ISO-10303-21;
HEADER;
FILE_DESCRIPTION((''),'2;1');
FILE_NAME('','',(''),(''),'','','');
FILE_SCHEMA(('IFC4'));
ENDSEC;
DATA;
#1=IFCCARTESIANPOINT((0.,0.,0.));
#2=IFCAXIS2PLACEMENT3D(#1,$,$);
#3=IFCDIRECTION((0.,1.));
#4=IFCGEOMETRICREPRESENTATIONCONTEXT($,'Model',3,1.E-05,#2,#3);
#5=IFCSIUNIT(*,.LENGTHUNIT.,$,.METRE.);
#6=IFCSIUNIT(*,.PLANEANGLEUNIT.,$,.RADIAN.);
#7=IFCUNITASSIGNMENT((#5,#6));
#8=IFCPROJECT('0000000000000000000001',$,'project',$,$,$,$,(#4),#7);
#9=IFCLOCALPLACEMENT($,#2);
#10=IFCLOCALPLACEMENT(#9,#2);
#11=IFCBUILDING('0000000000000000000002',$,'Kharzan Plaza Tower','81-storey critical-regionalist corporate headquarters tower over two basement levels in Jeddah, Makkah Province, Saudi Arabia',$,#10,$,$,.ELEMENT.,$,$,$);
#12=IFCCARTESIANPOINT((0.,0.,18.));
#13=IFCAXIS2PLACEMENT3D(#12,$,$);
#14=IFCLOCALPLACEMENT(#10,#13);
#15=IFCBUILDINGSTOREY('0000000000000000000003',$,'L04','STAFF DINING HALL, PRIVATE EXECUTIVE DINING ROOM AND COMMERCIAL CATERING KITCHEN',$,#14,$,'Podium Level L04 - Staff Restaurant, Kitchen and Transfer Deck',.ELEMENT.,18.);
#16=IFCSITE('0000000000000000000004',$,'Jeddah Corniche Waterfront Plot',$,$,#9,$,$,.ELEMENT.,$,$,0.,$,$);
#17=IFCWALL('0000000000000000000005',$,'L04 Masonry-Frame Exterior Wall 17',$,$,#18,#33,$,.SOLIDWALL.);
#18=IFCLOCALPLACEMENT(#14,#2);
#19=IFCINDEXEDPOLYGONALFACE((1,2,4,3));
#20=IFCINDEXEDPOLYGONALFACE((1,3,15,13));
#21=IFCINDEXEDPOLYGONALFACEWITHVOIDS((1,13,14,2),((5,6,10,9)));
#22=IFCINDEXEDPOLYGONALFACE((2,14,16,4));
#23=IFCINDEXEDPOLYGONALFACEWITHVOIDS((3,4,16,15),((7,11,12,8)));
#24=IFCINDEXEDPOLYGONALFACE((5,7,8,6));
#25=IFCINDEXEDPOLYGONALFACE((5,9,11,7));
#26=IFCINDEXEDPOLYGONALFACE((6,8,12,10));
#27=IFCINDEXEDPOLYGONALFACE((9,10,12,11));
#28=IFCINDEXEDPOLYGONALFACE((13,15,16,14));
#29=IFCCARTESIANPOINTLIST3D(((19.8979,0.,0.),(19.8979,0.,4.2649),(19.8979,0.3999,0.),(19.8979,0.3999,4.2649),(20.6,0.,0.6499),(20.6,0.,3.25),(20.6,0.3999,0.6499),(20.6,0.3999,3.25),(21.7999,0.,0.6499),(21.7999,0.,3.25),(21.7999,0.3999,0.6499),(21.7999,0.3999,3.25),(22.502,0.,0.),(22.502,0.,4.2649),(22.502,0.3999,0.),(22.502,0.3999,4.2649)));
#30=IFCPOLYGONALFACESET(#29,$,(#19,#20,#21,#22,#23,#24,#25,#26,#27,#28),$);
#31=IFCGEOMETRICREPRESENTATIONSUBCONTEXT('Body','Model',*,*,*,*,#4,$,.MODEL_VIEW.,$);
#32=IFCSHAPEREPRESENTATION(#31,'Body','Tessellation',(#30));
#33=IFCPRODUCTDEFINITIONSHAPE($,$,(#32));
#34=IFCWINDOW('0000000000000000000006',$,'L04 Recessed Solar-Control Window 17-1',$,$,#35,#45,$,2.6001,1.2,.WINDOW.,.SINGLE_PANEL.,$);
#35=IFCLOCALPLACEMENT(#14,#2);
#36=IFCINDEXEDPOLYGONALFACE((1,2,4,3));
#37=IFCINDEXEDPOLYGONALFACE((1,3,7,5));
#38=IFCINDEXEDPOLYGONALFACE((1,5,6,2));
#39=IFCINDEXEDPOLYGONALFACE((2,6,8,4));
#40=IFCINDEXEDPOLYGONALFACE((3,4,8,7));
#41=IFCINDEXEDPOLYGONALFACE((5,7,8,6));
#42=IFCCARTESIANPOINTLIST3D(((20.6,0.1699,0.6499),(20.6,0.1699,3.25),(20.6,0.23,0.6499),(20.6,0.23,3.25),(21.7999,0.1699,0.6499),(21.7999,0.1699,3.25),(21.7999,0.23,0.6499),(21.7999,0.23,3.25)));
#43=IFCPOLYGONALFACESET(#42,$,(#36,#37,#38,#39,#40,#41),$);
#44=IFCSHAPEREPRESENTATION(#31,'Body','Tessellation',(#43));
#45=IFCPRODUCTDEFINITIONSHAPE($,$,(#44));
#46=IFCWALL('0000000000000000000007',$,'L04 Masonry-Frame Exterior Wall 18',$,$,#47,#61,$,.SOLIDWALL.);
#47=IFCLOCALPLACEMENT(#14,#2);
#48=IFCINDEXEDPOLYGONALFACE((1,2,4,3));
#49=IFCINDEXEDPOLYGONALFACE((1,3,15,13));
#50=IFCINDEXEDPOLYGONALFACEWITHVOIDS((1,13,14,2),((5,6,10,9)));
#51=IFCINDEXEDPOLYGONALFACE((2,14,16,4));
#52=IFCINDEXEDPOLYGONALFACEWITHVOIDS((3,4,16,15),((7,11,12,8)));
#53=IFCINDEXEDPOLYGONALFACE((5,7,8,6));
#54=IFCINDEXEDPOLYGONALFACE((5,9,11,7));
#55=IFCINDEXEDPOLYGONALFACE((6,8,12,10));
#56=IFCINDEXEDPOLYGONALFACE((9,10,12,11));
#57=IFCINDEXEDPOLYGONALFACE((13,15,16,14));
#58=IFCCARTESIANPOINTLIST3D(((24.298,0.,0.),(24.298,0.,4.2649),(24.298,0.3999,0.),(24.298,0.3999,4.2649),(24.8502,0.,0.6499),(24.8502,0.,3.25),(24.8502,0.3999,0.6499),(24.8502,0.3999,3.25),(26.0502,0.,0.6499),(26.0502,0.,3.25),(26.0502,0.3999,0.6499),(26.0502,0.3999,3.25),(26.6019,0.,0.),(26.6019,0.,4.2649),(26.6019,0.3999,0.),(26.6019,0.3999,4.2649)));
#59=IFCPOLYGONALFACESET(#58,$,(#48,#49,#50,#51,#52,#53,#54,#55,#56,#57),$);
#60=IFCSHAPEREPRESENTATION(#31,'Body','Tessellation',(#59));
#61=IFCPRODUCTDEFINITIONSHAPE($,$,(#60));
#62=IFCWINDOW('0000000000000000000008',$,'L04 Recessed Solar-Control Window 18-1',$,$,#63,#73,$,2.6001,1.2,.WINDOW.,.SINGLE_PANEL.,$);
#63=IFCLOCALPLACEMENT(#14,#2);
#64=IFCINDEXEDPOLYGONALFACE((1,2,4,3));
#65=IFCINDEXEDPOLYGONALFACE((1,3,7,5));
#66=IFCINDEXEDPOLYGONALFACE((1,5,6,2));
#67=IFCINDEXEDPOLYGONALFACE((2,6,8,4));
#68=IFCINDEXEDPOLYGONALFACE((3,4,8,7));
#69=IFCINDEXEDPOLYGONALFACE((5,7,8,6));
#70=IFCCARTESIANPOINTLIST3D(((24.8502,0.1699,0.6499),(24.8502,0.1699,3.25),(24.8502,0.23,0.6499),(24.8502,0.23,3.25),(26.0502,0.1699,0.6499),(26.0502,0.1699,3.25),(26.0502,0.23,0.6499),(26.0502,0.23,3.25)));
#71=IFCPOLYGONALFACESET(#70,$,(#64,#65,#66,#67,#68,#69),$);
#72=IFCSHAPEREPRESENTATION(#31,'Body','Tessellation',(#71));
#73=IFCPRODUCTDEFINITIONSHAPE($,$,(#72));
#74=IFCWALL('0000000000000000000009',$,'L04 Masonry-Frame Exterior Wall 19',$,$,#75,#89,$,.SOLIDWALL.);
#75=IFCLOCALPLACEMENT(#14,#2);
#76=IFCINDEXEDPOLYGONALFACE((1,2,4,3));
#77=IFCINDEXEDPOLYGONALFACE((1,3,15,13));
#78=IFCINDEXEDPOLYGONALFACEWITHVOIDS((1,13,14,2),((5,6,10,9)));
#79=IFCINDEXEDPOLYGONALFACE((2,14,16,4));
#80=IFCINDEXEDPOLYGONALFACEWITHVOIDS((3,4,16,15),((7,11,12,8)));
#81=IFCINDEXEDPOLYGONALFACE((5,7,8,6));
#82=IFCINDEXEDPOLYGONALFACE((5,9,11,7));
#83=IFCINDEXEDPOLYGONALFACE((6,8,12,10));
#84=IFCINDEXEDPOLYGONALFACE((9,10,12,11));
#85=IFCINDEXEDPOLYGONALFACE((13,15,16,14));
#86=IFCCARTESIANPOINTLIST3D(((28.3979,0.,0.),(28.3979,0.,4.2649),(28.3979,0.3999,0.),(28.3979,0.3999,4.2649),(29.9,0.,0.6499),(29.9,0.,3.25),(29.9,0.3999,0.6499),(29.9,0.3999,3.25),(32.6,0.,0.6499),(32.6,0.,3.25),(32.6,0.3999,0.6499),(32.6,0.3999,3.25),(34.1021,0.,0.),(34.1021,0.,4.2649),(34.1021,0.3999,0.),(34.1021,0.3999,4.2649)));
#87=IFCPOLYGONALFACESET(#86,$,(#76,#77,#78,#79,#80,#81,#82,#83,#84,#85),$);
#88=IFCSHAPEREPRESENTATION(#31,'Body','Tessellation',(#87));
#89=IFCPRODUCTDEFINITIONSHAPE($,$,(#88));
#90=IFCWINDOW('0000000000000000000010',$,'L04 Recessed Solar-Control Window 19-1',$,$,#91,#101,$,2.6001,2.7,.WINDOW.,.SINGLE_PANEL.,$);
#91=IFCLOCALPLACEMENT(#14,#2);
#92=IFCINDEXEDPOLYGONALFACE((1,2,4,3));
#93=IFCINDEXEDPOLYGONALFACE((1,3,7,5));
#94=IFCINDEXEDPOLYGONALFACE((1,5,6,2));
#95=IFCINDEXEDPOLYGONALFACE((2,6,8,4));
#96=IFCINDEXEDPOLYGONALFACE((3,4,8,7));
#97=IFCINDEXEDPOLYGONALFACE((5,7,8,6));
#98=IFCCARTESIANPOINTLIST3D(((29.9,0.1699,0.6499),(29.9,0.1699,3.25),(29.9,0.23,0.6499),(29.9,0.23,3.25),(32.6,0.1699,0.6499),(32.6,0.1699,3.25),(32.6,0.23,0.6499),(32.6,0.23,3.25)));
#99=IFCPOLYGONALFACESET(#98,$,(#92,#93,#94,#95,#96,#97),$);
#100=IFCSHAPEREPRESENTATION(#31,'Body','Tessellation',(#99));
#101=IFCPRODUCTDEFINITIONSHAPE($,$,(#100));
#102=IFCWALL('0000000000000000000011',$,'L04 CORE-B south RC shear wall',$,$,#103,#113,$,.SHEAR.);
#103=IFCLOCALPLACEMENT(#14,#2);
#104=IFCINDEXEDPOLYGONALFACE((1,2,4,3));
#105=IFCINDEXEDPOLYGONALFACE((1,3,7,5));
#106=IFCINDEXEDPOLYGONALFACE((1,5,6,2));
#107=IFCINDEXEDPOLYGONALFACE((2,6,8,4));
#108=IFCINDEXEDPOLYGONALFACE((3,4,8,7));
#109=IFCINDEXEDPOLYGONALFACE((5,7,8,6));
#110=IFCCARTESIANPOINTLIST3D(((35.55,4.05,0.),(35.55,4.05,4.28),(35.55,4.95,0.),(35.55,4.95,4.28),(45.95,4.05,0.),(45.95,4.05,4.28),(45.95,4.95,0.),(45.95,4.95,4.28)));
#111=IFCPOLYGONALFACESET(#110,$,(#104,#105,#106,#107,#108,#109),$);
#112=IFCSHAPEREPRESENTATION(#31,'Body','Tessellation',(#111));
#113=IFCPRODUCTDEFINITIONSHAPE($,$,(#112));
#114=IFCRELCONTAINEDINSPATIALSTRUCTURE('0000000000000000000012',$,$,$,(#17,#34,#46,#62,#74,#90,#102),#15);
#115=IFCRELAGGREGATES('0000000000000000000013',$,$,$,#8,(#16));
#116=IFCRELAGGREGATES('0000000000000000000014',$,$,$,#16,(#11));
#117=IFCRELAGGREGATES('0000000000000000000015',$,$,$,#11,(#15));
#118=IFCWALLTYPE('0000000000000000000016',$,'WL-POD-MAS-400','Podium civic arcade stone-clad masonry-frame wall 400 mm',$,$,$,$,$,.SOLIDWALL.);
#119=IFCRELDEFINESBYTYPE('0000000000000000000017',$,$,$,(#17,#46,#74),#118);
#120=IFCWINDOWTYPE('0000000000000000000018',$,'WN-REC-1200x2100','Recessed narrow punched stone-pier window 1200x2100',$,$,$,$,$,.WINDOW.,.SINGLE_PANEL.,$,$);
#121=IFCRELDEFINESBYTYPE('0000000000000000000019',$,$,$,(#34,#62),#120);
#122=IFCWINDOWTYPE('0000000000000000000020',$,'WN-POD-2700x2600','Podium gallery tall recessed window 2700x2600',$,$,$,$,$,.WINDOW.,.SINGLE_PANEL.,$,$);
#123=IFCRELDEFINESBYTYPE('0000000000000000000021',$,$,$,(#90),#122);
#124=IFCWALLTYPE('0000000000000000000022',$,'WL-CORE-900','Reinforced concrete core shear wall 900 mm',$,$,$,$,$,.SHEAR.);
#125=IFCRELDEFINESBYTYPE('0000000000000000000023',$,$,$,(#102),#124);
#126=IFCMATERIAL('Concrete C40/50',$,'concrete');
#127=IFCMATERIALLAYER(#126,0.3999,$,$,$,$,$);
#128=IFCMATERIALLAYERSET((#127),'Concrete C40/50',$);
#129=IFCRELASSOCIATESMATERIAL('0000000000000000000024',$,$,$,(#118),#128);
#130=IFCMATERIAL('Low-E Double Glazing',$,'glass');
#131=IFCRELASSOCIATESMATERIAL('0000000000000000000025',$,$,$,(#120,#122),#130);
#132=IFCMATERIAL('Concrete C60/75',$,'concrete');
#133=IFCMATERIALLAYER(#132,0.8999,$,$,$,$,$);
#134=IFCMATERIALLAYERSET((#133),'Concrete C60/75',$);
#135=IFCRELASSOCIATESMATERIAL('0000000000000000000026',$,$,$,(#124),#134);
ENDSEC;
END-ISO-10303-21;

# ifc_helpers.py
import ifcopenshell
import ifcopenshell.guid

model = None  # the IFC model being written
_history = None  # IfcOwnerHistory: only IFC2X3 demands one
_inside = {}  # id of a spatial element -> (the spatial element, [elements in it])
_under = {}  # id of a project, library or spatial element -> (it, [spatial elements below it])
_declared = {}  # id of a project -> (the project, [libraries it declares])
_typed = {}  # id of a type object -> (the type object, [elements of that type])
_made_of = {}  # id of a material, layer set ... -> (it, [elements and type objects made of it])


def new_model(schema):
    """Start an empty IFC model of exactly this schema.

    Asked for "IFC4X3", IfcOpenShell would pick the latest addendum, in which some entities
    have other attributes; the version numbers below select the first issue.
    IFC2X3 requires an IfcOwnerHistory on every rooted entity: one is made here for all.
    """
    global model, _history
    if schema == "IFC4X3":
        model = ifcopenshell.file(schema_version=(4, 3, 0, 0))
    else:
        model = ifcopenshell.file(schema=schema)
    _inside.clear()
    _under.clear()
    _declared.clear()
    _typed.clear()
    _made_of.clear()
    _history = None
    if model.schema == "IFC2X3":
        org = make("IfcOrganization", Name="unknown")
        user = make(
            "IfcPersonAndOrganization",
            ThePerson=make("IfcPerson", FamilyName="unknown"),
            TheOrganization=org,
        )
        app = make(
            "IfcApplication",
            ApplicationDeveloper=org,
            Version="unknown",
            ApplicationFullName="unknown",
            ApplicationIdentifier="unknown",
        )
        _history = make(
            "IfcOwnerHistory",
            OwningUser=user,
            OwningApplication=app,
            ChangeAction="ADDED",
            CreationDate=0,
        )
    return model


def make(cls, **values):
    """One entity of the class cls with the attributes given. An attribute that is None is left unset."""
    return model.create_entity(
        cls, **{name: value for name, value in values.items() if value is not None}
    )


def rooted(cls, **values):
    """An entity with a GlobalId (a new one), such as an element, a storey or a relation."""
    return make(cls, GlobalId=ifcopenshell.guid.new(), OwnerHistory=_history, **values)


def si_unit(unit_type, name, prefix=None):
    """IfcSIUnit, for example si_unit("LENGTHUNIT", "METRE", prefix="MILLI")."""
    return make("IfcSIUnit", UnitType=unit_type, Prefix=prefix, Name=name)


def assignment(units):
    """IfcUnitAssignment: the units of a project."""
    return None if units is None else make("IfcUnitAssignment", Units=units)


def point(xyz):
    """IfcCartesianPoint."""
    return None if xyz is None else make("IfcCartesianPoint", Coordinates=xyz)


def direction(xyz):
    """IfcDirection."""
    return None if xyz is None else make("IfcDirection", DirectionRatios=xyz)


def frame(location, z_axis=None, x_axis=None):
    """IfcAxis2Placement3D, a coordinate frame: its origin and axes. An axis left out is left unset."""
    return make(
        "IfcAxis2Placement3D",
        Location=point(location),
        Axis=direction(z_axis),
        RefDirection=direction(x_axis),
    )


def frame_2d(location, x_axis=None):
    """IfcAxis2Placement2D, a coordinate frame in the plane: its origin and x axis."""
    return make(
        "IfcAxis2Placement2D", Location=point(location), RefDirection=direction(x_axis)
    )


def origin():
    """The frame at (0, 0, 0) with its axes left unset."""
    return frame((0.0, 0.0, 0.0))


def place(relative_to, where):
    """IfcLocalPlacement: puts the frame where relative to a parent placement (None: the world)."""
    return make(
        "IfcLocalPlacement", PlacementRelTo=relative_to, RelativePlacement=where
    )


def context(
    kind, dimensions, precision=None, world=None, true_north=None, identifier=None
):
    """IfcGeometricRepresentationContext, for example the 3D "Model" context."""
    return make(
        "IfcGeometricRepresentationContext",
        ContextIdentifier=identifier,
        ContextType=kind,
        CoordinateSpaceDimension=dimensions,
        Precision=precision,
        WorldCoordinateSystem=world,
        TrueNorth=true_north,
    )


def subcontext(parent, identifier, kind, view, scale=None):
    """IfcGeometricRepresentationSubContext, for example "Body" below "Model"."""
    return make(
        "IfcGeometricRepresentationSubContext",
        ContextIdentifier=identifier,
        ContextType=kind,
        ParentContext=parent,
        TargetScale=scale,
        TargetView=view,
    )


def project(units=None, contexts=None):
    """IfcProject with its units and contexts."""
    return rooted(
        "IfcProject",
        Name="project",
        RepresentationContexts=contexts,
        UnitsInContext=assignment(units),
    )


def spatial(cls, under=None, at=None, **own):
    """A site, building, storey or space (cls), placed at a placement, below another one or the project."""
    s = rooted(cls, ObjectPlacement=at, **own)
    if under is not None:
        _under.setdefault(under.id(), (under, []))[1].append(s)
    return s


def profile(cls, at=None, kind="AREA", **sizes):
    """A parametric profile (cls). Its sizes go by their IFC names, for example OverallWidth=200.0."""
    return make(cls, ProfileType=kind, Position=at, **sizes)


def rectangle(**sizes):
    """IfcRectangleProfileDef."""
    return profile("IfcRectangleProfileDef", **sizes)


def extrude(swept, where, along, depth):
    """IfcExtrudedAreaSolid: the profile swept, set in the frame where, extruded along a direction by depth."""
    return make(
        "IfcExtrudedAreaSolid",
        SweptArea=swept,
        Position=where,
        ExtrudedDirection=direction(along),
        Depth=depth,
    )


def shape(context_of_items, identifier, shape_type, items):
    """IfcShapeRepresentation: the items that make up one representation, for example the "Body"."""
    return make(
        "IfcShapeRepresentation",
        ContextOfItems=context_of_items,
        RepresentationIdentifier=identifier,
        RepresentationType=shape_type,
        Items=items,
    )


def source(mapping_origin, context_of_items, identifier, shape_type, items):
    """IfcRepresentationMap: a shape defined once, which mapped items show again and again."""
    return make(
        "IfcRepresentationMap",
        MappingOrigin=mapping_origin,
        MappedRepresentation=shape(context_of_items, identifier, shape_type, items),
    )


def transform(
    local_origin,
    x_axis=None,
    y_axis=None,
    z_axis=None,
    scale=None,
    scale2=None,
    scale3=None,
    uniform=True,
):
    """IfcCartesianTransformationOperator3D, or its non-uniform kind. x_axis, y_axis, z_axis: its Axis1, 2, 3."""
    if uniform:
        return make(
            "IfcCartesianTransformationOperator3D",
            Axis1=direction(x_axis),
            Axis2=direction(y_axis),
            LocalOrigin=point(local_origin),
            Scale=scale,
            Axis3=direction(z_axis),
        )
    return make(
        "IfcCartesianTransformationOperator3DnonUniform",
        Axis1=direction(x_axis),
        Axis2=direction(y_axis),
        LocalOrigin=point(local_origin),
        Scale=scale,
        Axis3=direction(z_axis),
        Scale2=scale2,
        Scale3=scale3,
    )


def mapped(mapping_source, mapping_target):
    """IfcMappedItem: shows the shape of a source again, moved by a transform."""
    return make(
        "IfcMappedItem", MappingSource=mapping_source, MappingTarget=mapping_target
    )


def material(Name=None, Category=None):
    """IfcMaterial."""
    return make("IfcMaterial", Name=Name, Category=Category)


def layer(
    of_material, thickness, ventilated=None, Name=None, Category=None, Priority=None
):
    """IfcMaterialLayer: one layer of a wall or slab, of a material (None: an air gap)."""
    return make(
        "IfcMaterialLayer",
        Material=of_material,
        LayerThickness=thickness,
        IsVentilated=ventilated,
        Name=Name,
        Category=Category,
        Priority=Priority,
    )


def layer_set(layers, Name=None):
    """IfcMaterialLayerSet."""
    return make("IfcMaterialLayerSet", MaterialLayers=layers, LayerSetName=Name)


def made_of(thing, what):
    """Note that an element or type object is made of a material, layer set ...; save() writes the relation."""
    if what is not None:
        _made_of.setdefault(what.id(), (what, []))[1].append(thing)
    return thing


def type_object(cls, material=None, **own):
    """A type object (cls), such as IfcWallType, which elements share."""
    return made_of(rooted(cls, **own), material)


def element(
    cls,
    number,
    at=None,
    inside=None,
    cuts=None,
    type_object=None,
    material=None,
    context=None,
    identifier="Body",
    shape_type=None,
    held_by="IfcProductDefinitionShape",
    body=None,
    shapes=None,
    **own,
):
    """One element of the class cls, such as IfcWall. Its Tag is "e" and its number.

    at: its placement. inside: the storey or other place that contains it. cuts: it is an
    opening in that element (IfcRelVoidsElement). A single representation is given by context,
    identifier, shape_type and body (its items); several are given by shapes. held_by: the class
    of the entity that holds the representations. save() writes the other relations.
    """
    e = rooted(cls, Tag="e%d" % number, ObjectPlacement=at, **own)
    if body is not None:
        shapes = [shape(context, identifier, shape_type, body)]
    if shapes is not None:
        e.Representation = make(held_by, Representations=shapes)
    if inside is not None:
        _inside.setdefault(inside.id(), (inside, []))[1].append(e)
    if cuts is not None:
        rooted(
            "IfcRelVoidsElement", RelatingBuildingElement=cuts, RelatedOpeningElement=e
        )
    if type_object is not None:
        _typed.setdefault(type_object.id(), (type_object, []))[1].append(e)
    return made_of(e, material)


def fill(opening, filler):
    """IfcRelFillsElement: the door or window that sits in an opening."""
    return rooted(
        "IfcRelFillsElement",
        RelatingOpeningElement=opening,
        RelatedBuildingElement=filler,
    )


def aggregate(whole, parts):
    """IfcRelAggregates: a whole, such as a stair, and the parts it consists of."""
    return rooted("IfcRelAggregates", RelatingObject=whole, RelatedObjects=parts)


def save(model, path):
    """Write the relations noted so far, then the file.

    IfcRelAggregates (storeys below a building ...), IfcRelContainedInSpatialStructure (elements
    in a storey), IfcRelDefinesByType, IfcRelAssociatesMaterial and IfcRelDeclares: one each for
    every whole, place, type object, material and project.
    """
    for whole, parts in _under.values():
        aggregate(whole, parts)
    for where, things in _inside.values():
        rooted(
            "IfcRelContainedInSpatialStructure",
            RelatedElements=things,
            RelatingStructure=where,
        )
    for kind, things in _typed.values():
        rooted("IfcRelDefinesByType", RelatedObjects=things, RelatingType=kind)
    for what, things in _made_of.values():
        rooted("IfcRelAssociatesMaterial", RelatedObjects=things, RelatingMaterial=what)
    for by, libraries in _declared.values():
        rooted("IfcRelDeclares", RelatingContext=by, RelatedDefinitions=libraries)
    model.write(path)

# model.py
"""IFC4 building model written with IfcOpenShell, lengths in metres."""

from ifc_helpers import new_model, si_unit, direction, frame, frame_2d, origin, place, context, subcontext, project, spatial, rectangle, extrude, source, transform, mapped, material, layer, layer_set, type_object, element, fill, save


model = new_model("IFC4")

# Units and contexts
model_context = context("Model", 3, precision=1e-05, world=origin(), true_north=direction((0.0, 1.0)))
body_context = subcontext(model_context, "Body", "Model", "MODEL_VIEW")
ifc_project = project(units=[si_unit("LENGTHUNIT", "METRE"), si_unit("PLANEANGLEUNIT", "RADIAN")], contexts=[model_context])

# Site, building, storey
site_placement = place(None, origin())
site = spatial("IfcSite", under=ifc_project, at=site_placement, Name="Jeddah Corniche Waterfront Plot", CompositionType="ELEMENT", RefElevation=0.0)
building_placement = place(site_placement, origin())
building = spatial("IfcBuilding", under=site, at=building_placement, Name="Kharzan Plaza Tower", Description="81-storey critical-regionalist corporate headquarters tower over two basement levels in Jeddah, Makkah Province, Saudi Arabia", CompositionType="ELEMENT")
storey_placement = place(building_placement, frame((0.0, 0.0, 18.0)))
storey = spatial("IfcBuildingStorey", under=building, at=storey_placement, Name="L04", Description="STAFF DINING HALL, PRIVATE EXECUTIVE DINING ROOM AND COMMERCIAL CATERING KITCHEN", LongName="Podium Level L04 - Staff Restaurant, Kitchen and Transfer Deck", CompositionType="ELEMENT", Elevation=18.0)

# Shared definitions
ifc_material_1 = material(Name="Concrete C60/75", Category="concrete")

# Shared definitions
ifc_material_2 = material(Name="Concrete C40/50", Category="concrete")

# Walls, openings, windows
ifc_layer_1 = layer(ifc_material_2, 0.3999)
ifc_layer_set_1 = layer_set([ifc_layer_1], Name="Concrete C40/50")
wall_type_1 = type_object("IfcWallType", Name="WL-POD-MAS-400", Description="Podium civic arcade stone-clad masonry-frame wall 400 mm", PredefinedType="SOLIDWALL", material=ifc_layer_set_1)
wall_1_placement = place(storey_placement, frame((19.8979, 0.2, 0.0), z_axis=(0.0, 0.0, 1.0), x_axis=(1.0, 0.0, 0.0)))
wall_1 = element("IfcWall", 1, at=wall_1_placement, inside=storey, type_object=wall_type_1, Name="L04 Masonry-Frame Exterior Wall 17", PredefinedType="SOLIDWALL", context=body_context, shape_type="SweptSolid", body=[
    extrude(rectangle(XDim=2.604, YDim=0.3999, at=frame_2d((1.302, 0.0))), origin(), (0.0, 0.0, 1.0), 4.2649),
])
opening_1_placement = place(wall_1_placement, frame((0.7019, 0.0, 0.6499)))
opening_1 = element("IfcOpeningElement", 2, at=opening_1_placement, cuts=wall_1, PredefinedType="OPENING", context=body_context, shape_type="SweptSolid", body=[
    extrude(rectangle(XDim=1.2, YDim=2.6001, at=frame_2d((0.6001, 1.3))), frame((0.0, 0.21, 0.0), z_axis=(0.0, -1.0, 0.0), x_axis=(1.0, 0.0, 0.0)), (0.0, 0.0, 1.0), 0.4199),
])
ifc_material_3 = material(Name="Low-E Double Glazing", Category="glass")
window_type_1 = type_object("IfcWindowType", Name="WN-REC-1200x2100", Description="Recessed narrow punched stone-pier window 1200x2100", PartitioningType="SINGLE_PANEL", PredefinedType="WINDOW", material=ifc_material_3)
shared_shape_1 = source(origin(), body_context, "Body", "SweptSolid", [
    extrude(rectangle(XDim=1.2, YDim=2.6001, at=frame_2d((0.6001, 1.3))), frame((0.0, 0.03, 0.0), z_axis=(0.0, -1.0, 0.0), x_axis=(1.0, 0.0, 0.0)), (0.0, 0.0, 1.0), 0.0601),
])
window_1_placement = place(opening_1_placement, origin())
window_1 = element("IfcWindow", 3, at=window_1_placement, inside=storey, type_object=window_type_1, Name="L04 Recessed Solar-Control Window 17-1", OverallHeight=2.6001, OverallWidth=1.2, PartitioningType="SINGLE_PANEL", PredefinedType="WINDOW", context=body_context, shape_type="MappedRepresentation", body=[
    mapped(shared_shape_1, transform((0.0, 0.0, 0.0), x_axis=(1.0, 0.0, 0.0), y_axis=(0.0, 1.0, 0.0), z_axis=(0.0, 0.0, 1.0))),
])
fill(opening_1, window_1)
wall_2_placement = place(storey_placement, frame((24.2981, 0.2, 0.0), z_axis=(0.0, 0.0, 1.0), x_axis=(1.0, 0.0, 0.0)))
wall_2 = element("IfcWall", 4, at=wall_2_placement, inside=storey, type_object=wall_type_1, Name="L04 Masonry-Frame Exterior Wall 18", PredefinedType="SOLIDWALL", context=body_context, shape_type="SweptSolid", body=[
    extrude(rectangle(XDim=2.304, YDim=0.3999, at=frame_2d((1.1519, 0.0))), origin(), (0.0, 0.0, 1.0), 4.2649),
])
opening_2_placement = place(wall_2_placement, frame((0.552, 0.0, 0.6499)))
opening_2 = element("IfcOpeningElement", 5, at=opening_2_placement, cuts=wall_2, PredefinedType="OPENING", context=body_context, shape_type="SweptSolid", body=[
    extrude(rectangle(XDim=1.2, YDim=2.6001, at=frame_2d((0.6001, 1.3))), frame((0.0, 0.21, 0.0), z_axis=(0.0, -1.0, 0.0), x_axis=(1.0, 0.0, 0.0)), (0.0, 0.0, 1.0), 0.4199),
])
window_2_placement = place(opening_2_placement, origin())
window_2 = element("IfcWindow", 6, at=window_2_placement, inside=storey, type_object=window_type_1, Name="L04 Recessed Solar-Control Window 18-1", OverallHeight=2.6001, OverallWidth=1.2, PartitioningType="SINGLE_PANEL", PredefinedType="WINDOW", context=body_context, shape_type="MappedRepresentation", body=[
    mapped(shared_shape_1, transform((0.0, 0.0, 0.0), x_axis=(1.0, 0.0, 0.0), y_axis=(0.0, 1.0, 0.0), z_axis=(0.0, 0.0, 1.0))),
])
fill(opening_2, window_2)
wall_3_placement = place(storey_placement, frame((28.3979, 0.2, 0.0), z_axis=(0.0, 0.0, 1.0), x_axis=(1.0, 0.0, 0.0)))
wall_3 = element("IfcWall", 7, at=wall_3_placement, inside=storey, type_object=wall_type_1, Name="L04 Masonry-Frame Exterior Wall 19", PredefinedType="SOLIDWALL", context=body_context, shape_type="SweptSolid", body=[
    extrude(rectangle(XDim=5.7041, YDim=0.3999, at=frame_2d((2.8521, 0.0))), origin(), (0.0, 0.0, 1.0), 4.2649),
])
opening_3_placement = place(wall_3_placement, frame((1.502, 0.0, 0.6499)))
opening_3 = element("IfcOpeningElement", 8, at=opening_3_placement, cuts=wall_3, PredefinedType="OPENING", context=body_context, shape_type="SweptSolid", body=[
    extrude(rectangle(XDim=2.7, YDim=2.6001, at=frame_2d((1.3501, 1.3))), frame((0.0, 0.21, 0.0), z_axis=(0.0, -1.0, 0.0), x_axis=(1.0, 0.0, 0.0)), (0.0, 0.0, 1.0), 0.4199),
])
window_type_2 = type_object("IfcWindowType", Name="WN-POD-2700x2600", Description="Podium gallery tall recessed window 2700x2600", PartitioningType="SINGLE_PANEL", PredefinedType="WINDOW", material=ifc_material_3)
shared_shape_2 = source(origin(), body_context, "Body", "SweptSolid", [
    extrude(rectangle(XDim=2.7, YDim=2.6001, at=frame_2d((1.3501, 1.3))), frame((0.0, 0.03, 0.0), z_axis=(0.0, -1.0, 0.0), x_axis=(1.0, 0.0, 0.0)), (0.0, 0.0, 1.0), 0.0601),
])
window_3_placement = place(opening_3_placement, origin())
window_3 = element("IfcWindow", 9, at=window_3_placement, inside=storey, type_object=window_type_2, Name="L04 Recessed Solar-Control Window 19-1", OverallHeight=2.6001, OverallWidth=2.7, PartitioningType="SINGLE_PANEL", PredefinedType="WINDOW", context=body_context, shape_type="MappedRepresentation", body=[
    mapped(shared_shape_2, transform((0.0, 0.0, 0.0), x_axis=(1.0, 0.0, 0.0), y_axis=(0.0, 1.0, 0.0), z_axis=(0.0, 0.0, 1.0))),
])
fill(opening_3, window_3)

# Wall
ifc_layer_2 = layer(ifc_material_1, 0.8999)
ifc_layer_set_2 = layer_set([ifc_layer_2], Name="Concrete C60/75")
wall_type_2 = type_object("IfcWallType", Name="WL-CORE-900", Description="Reinforced concrete core shear wall 900 mm", PredefinedType="SHEAR", material=ifc_layer_set_2)
shared_shape_3 = source(origin(), body_context, "Body", "SweptSolid", [
    extrude(rectangle(XDim=10.3999, YDim=0.8999, at=frame_2d((5.2, 0.0))), origin(), (0.0, 0.0, 1.0), 4.28),
])
wall_4_placement = place(storey_placement, frame((35.55, 4.5, 0.0), z_axis=(0.0, 0.0, 1.0), x_axis=(1.0, 0.0, 0.0)))
element("IfcWall", 10, at=wall_4_placement, inside=storey, type_object=wall_type_2, Name="L04 CORE-B south RC shear wall", PredefinedType="SHEAR", context=body_context, shape_type="MappedRepresentation", body=[
    mapped(shared_shape_3, transform((0.0, 0.0, 0.0), x_axis=(1.0, 0.0, 0.0), y_axis=(0.0, 1.0, 0.0), z_axis=(0.0, 0.0, 1.0))),
])

save(model, "model.ifc")
